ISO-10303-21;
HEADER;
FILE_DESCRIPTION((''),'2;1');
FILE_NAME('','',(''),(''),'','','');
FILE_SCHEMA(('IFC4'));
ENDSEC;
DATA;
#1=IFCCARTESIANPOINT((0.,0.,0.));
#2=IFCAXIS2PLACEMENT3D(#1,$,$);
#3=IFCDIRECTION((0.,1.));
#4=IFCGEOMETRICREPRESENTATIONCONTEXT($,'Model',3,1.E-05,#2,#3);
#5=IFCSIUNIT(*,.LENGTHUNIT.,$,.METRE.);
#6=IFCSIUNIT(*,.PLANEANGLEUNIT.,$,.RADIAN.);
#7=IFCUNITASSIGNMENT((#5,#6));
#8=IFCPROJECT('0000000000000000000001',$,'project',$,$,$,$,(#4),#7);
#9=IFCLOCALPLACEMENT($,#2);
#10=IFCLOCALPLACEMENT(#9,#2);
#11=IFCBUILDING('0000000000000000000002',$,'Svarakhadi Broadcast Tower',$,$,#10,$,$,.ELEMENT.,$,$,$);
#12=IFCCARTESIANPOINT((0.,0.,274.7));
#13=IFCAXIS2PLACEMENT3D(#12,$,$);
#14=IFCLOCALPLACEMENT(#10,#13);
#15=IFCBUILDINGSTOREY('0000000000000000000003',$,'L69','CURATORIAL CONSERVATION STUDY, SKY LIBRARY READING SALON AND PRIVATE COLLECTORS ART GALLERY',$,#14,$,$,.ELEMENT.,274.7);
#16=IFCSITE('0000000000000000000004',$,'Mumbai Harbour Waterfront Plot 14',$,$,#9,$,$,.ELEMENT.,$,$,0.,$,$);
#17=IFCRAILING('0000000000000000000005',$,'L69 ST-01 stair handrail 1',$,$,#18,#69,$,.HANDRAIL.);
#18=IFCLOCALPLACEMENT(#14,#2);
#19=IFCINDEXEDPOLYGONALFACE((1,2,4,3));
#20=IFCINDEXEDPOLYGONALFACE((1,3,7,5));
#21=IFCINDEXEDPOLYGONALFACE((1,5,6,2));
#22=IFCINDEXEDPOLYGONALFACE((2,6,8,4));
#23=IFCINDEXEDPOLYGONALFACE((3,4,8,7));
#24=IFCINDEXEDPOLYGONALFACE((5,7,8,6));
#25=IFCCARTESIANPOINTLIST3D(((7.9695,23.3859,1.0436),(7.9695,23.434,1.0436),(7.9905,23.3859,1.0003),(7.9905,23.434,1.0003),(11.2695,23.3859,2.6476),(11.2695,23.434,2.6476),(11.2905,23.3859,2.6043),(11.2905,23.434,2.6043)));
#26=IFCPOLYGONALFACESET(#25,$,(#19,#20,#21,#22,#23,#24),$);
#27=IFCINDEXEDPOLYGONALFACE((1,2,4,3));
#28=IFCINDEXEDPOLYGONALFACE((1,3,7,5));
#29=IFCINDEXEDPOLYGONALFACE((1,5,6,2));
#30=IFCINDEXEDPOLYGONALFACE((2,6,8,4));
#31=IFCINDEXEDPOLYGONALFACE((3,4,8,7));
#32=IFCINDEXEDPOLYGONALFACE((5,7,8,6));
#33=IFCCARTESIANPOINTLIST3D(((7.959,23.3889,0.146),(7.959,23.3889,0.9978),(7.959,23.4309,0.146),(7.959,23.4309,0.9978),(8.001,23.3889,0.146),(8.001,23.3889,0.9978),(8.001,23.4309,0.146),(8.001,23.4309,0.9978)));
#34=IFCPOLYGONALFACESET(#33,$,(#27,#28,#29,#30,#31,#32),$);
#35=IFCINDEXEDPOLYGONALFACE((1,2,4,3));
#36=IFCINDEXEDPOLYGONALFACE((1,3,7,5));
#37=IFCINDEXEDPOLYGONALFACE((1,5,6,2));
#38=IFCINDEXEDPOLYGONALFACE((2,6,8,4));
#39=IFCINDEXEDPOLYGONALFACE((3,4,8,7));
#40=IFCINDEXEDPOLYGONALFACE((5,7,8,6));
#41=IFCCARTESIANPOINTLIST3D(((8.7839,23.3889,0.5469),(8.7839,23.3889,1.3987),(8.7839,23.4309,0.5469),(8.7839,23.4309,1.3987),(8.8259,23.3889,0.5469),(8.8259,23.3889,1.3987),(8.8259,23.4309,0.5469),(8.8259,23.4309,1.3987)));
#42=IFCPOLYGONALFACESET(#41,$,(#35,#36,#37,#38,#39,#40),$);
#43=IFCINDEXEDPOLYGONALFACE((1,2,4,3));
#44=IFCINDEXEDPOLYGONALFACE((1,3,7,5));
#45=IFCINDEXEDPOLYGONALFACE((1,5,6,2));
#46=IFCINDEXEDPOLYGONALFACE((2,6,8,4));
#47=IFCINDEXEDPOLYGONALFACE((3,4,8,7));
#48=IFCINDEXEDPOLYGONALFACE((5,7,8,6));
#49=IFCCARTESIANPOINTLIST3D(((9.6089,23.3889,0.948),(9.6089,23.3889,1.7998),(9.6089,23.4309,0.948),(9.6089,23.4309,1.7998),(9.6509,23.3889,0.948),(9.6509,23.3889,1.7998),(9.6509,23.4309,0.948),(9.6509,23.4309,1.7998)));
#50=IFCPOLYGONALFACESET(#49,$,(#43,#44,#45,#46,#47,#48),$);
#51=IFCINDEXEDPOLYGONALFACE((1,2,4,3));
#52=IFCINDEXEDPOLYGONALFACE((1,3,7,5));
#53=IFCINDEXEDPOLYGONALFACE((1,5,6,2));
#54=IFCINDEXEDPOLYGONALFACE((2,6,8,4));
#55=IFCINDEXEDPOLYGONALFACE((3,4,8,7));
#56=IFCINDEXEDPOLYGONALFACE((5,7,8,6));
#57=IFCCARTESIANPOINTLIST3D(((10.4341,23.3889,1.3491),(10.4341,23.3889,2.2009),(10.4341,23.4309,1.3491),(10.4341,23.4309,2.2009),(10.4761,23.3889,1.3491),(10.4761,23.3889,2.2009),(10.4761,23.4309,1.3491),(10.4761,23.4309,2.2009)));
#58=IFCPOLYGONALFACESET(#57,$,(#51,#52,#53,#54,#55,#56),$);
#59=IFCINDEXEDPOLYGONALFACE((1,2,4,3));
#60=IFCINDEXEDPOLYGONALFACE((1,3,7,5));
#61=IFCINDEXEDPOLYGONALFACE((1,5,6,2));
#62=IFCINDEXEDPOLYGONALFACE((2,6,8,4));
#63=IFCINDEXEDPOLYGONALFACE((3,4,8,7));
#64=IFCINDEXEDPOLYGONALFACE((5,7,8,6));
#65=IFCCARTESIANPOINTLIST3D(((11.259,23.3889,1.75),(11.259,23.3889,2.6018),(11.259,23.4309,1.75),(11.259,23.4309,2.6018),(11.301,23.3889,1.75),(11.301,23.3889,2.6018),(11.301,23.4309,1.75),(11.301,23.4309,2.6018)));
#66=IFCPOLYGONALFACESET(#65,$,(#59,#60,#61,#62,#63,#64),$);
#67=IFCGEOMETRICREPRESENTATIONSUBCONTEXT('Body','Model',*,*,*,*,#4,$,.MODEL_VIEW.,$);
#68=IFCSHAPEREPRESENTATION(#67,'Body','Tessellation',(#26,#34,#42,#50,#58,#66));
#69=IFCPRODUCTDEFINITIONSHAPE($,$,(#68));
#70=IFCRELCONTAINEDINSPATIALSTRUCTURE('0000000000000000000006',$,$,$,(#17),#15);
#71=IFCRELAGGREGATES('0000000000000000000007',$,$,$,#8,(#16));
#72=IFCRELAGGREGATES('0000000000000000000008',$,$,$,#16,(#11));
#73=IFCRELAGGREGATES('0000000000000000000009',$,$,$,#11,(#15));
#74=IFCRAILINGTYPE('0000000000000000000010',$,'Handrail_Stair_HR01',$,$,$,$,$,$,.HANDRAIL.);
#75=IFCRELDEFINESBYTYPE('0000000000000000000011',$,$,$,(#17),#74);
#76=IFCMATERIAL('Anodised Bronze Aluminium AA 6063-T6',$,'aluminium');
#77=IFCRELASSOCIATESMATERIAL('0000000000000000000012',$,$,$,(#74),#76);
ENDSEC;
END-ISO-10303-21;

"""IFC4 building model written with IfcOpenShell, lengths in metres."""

from ifc_helpers import new_model, si_unit, direction, frame, origin, origin_2d, place, context, subcontext, project, spatial, rectangle, extrude, material, type_object, element, save


model = new_model("IFC4")

# Units and contexts
model_context = context("Model", 3, precision=1e-05, world=origin(), true_north=direction((0.0, 1.0)))
body_context = subcontext(model_context, "Body", "Model", "MODEL_VIEW")
ifc_project = project(units=[si_unit("LENGTHUNIT", "METRE"), si_unit("PLANEANGLEUNIT", "RADIAN")], contexts=[model_context])

# Site, building, storey
site_placement = place(None, origin())
site = spatial("IfcSite", under=ifc_project, at=site_placement, Name="Mumbai Harbour Waterfront Plot 14", CompositionType="ELEMENT", RefElevation=0.0)
building_placement = place(site_placement, origin())
building = spatial("IfcBuilding", under=site, at=building_placement, Name="Svarakhadi Broadcast Tower", CompositionType="ELEMENT")
storey_placement = place(building_placement, frame((0.0, 0.0, 274.7)))
storey = spatial("IfcBuildingStorey", under=building, at=storey_placement, Name="L69", Description="CURATORIAL CONSERVATION STUDY, SKY LIBRARY READING SALON AND PRIVATE COLLECTORS ART GALLERY", CompositionType="ELEMENT", Elevation=274.7)

# Shared definitions
ifc_material_1 = material(Name="Anodised Bronze Aluminium AA 6063-T6", Category="aluminium")

# Railing
railing_type = type_object("IfcRailingType", Name="Handrail_Stair_HR01", PredefinedType="HANDRAIL", material=ifc_material_1)
railing_placement = place(storey_placement, frame((7.98, 23.4099, 0.146)))
element("IfcRailing", 1, at=railing_placement, inside=storey, type_object=railing_type, Name="L69 ST-01 stair handrail 1", PredefinedType="HANDRAIL", context=body_context, shape_type="SweptSolid", body=[
    extrude(rectangle(XDim=0.0481, YDim=0.0481, at=origin_2d()), frame((0.0, 0.0, 0.876), z_axis=(0.899388, 0.0, 0.437152), x_axis=(0.0, 1.0, 0.0)), (0.0, 0.0, 1.0), 3.6692),
    extrude(rectangle(XDim=0.042, YDim=0.042, at=origin_2d()), origin(), (0.0, 0.0, 1.0), 0.8518),
    extrude(rectangle(XDim=0.042, YDim=0.042, at=origin_2d()), frame((0.825, 0.0, 0.4009)), (0.0, 0.0, 1.0), 0.8518),
    extrude(rectangle(XDim=0.042, YDim=0.042, at=origin_2d()), frame((1.6499, 0.0, 0.802)), (0.0, 0.0, 1.0), 0.8518),
    extrude(rectangle(XDim=0.042, YDim=0.042, at=origin_2d()), frame((2.4751, 0.0, 1.2031)), (0.0, 0.0, 1.0), 0.8518),
    extrude(rectangle(XDim=0.042, YDim=0.042, at=origin_2d()), frame((3.3, 0.0, 1.604)), (0.0, 0.0, 1.0), 0.8518),
])

save(model, "model.ifc")
